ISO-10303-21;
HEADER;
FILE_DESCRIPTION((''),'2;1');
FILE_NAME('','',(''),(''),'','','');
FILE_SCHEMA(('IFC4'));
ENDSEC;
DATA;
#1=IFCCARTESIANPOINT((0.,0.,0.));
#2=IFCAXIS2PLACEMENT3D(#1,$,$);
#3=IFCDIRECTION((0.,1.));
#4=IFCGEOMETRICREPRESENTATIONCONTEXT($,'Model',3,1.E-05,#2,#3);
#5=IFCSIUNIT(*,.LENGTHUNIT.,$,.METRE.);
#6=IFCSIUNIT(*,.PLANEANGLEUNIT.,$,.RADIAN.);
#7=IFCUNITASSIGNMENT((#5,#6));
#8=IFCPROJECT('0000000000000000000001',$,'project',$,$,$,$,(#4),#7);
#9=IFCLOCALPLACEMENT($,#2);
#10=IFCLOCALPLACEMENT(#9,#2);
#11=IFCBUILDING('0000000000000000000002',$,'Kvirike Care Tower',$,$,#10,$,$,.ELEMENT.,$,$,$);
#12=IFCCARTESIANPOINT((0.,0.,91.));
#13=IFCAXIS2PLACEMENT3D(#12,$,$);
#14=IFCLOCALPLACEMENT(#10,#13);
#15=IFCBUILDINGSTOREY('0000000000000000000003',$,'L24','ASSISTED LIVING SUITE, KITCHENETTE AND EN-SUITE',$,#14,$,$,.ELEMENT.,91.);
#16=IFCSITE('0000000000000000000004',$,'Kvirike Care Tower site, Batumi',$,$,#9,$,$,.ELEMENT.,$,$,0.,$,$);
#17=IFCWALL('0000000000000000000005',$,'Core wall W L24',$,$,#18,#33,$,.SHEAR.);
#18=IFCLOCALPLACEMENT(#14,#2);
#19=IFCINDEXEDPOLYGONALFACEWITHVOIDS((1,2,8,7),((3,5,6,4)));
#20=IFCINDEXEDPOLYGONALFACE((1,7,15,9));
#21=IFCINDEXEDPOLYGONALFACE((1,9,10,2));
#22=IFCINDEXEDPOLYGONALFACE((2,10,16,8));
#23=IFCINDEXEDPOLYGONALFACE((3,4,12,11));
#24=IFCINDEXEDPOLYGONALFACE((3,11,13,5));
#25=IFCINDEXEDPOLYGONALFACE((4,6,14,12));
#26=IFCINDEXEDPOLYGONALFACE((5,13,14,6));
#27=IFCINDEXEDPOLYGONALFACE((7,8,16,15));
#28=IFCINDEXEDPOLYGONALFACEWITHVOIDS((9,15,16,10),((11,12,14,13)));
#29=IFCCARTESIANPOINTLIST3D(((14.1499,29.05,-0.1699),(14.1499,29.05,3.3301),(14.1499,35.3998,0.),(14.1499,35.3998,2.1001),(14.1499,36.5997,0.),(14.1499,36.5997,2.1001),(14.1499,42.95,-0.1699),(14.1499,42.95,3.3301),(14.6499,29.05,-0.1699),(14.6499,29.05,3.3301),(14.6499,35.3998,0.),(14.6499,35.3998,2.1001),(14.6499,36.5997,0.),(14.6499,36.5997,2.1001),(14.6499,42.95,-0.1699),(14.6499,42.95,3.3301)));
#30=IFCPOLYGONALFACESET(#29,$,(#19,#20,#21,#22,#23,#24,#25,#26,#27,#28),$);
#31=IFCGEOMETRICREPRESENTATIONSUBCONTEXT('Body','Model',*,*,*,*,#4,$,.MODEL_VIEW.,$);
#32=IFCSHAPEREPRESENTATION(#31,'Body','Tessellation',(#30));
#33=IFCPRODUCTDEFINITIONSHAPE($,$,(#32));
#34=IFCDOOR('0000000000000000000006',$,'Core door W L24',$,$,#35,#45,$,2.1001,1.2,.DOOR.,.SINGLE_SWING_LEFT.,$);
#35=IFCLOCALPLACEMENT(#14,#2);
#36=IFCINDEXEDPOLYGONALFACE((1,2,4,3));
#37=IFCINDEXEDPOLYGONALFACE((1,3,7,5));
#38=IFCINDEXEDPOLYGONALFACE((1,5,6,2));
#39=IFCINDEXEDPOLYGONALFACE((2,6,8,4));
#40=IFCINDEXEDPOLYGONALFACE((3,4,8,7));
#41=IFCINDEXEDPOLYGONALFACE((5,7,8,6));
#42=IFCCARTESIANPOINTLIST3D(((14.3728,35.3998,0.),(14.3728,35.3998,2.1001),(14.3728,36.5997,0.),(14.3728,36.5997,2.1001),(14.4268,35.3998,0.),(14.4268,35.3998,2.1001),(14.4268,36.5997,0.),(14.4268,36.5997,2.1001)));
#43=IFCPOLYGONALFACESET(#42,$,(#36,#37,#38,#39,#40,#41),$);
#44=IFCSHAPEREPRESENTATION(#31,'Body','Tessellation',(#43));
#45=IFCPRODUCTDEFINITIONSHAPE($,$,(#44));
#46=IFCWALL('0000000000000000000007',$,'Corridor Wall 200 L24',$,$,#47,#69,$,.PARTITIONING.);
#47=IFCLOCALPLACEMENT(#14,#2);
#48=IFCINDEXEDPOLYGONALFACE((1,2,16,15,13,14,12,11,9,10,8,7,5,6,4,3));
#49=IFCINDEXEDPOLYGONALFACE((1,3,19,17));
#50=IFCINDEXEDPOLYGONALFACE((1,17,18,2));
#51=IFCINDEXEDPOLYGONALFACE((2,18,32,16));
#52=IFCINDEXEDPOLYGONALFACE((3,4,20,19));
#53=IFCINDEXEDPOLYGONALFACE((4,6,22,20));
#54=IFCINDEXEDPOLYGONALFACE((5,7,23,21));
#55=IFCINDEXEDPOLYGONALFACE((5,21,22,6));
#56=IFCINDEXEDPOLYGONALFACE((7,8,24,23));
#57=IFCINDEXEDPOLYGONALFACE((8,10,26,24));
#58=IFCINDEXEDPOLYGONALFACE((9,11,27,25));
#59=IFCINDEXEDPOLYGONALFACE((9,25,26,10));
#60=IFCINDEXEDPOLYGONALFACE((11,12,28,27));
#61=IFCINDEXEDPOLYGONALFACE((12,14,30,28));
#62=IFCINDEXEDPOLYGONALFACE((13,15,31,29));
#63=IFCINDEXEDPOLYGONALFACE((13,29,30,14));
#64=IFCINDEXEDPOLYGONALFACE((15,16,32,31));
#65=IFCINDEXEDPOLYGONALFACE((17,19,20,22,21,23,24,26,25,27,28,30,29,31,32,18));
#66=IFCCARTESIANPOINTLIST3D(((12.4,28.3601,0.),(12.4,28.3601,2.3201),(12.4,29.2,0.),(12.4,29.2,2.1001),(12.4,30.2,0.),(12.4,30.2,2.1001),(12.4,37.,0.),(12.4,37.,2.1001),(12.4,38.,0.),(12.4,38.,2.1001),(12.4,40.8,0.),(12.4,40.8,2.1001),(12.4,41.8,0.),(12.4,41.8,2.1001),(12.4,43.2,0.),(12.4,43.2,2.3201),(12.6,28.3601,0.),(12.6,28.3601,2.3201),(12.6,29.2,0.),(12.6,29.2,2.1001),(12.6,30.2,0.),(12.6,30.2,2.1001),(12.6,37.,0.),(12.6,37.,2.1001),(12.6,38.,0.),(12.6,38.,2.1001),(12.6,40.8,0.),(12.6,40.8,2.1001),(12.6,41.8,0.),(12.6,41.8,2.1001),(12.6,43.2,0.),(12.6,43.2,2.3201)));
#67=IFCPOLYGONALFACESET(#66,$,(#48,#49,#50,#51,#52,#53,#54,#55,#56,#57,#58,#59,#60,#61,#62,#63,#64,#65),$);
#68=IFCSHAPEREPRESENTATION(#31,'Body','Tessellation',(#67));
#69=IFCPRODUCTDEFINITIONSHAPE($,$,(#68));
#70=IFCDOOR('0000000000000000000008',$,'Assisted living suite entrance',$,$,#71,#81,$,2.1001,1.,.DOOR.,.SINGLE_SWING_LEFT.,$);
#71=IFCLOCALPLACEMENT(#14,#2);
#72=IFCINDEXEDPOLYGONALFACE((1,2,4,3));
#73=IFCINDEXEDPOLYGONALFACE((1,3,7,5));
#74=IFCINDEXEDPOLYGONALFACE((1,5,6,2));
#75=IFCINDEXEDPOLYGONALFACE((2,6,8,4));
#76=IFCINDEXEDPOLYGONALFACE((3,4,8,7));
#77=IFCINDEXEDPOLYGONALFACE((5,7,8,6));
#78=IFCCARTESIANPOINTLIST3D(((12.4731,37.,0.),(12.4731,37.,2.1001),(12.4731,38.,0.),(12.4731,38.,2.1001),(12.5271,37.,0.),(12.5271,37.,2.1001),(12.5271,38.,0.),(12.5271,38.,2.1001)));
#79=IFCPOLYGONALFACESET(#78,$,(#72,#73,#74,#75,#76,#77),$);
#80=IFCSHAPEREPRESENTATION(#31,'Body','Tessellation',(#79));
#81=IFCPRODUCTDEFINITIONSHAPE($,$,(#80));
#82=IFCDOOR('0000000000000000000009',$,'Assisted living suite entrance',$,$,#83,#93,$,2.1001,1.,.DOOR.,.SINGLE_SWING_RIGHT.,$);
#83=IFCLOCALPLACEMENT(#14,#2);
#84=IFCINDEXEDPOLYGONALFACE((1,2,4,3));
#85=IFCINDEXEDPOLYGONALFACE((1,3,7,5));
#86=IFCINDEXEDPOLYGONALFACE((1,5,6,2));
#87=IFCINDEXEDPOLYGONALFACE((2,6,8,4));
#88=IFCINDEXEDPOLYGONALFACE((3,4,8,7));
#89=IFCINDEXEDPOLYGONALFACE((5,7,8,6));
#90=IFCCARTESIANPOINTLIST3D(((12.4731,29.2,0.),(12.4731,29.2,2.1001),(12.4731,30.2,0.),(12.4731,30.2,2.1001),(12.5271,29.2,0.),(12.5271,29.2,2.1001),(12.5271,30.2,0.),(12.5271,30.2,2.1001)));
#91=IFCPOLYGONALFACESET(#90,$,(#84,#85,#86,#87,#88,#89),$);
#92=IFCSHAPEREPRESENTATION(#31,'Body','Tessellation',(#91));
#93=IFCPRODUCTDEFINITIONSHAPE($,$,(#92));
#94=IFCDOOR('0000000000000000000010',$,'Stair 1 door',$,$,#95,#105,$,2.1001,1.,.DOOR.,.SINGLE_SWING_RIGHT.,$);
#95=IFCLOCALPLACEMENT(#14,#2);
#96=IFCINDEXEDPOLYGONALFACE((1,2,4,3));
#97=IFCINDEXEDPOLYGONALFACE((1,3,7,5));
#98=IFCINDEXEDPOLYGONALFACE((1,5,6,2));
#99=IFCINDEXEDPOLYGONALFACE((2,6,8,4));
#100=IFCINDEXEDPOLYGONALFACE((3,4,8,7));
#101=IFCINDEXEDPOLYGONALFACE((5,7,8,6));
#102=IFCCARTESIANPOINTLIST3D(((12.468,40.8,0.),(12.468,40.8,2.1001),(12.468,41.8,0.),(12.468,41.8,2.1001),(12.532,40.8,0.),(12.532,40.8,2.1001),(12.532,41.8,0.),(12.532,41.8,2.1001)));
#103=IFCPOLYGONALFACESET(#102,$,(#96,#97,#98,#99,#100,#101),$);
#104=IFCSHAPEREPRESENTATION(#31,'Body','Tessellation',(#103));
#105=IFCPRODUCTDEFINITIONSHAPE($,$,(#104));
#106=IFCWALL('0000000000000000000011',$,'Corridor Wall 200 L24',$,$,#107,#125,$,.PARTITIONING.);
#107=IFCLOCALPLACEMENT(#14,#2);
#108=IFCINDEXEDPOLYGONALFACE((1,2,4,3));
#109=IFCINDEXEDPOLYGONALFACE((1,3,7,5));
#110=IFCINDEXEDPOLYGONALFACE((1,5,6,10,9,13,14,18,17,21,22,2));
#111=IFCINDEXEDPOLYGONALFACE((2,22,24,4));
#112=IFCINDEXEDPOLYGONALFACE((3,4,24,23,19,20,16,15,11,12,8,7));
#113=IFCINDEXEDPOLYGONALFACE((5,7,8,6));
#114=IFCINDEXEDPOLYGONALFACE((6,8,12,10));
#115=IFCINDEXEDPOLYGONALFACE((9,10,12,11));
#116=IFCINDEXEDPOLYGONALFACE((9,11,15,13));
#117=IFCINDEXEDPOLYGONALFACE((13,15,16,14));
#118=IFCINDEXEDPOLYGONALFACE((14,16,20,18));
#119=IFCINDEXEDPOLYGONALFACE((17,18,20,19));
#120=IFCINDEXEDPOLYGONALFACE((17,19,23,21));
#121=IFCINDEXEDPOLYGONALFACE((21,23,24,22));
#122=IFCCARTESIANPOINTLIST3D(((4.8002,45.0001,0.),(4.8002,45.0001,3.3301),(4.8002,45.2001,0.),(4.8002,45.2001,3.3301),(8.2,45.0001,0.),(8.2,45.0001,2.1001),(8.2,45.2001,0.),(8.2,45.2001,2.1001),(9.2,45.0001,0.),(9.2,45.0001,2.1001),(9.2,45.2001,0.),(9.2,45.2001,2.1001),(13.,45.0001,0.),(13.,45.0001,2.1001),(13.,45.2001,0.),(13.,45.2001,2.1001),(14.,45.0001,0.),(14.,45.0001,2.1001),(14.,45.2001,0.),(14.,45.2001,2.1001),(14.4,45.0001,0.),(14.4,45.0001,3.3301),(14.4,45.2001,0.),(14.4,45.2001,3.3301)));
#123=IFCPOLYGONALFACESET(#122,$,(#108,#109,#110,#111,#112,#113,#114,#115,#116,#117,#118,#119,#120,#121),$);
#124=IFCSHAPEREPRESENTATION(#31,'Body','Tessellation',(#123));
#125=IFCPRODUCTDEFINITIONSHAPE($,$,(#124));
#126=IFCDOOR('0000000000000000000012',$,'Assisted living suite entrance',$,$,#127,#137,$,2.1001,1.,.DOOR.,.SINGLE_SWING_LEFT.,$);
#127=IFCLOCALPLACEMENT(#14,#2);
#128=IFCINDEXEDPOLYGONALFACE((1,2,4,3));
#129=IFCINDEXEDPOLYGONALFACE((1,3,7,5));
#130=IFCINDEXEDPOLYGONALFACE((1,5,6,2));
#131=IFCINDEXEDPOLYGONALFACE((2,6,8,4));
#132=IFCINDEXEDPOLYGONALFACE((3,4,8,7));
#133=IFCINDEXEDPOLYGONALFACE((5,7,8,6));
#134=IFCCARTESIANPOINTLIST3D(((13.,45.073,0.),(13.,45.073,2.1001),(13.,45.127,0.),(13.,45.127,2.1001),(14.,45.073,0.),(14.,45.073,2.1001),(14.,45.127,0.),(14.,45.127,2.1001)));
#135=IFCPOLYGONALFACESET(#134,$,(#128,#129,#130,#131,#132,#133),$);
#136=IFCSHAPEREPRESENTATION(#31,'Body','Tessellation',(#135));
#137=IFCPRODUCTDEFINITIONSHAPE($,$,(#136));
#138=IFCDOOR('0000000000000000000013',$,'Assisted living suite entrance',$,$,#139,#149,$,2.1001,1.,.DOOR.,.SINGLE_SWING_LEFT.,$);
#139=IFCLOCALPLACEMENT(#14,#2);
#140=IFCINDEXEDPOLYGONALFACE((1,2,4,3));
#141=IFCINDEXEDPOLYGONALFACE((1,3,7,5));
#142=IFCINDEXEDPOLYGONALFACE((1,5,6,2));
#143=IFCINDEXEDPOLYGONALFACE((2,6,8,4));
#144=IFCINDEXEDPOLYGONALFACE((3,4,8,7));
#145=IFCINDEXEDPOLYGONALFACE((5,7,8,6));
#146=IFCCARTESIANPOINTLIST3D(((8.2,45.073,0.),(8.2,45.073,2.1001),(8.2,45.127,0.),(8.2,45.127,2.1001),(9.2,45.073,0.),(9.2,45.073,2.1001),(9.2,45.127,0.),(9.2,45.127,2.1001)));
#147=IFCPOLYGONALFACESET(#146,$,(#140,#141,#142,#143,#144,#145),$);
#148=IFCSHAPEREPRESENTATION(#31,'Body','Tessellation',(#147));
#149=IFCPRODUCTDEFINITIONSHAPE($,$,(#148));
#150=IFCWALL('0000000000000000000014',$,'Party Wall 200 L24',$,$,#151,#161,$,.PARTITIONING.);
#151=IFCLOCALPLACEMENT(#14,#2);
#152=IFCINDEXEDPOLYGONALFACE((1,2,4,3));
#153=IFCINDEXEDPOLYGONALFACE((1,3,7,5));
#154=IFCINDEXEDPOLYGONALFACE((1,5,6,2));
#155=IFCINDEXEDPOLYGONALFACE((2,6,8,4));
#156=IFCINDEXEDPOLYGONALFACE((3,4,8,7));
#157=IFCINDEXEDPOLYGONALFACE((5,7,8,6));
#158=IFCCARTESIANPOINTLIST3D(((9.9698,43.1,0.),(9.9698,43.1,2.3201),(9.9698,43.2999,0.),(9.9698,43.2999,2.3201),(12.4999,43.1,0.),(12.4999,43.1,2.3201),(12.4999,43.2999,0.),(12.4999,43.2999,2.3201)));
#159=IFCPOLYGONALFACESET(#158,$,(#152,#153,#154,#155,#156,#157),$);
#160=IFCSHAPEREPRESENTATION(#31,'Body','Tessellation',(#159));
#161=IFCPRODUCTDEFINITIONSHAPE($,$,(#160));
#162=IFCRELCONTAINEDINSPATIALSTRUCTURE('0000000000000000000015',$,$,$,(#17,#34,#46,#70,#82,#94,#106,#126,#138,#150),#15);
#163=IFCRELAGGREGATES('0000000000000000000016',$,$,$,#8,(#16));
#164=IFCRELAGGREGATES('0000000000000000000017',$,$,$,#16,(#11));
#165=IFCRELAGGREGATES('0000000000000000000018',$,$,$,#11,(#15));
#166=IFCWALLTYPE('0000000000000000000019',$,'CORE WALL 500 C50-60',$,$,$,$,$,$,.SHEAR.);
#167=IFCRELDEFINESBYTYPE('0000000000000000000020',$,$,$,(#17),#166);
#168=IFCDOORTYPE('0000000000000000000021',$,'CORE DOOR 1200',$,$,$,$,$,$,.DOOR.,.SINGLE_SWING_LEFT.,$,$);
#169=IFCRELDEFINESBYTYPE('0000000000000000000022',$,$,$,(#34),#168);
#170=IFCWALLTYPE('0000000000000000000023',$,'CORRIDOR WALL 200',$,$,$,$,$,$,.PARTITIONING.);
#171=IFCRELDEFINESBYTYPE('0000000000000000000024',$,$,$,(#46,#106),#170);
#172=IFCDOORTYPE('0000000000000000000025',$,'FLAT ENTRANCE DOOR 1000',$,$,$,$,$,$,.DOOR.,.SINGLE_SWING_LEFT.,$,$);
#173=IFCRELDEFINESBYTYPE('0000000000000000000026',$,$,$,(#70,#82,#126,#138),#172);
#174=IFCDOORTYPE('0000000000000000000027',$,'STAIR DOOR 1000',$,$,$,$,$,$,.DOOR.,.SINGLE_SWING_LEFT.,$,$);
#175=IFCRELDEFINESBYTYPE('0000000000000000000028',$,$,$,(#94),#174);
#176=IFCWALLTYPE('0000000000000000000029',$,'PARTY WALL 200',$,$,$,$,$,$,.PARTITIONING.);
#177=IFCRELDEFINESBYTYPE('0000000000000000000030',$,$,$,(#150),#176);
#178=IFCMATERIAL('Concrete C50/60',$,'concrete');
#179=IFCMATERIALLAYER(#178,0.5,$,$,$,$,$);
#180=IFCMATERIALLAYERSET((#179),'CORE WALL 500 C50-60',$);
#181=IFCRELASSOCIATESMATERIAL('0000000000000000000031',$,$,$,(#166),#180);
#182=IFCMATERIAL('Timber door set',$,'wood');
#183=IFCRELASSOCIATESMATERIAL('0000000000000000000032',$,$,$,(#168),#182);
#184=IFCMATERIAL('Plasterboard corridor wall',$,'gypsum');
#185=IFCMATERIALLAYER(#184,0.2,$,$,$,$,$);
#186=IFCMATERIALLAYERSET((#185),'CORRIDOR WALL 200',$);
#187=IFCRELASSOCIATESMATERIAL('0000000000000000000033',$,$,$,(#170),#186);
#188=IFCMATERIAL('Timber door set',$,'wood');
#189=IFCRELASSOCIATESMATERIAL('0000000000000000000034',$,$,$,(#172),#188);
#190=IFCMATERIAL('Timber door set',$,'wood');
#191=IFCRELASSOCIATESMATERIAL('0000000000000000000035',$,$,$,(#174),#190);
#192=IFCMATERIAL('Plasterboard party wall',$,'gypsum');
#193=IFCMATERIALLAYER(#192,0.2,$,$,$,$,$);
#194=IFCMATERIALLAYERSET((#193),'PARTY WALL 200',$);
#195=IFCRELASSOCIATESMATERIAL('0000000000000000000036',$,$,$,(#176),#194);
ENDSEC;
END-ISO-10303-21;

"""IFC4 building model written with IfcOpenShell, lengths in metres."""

from ifc_helpers import new_model, si_unit, direction, frame, frame_2d, origin, place, context, subcontext, project, spatial, rectangle, extrude, material, layer, layer_set, type_object, element, fill, save


model = new_model("IFC4")

# Units and contexts
model_context = context("Model", 3, precision=1e-05, world=origin(), true_north=direction((0.0, 1.0)))
body_context = subcontext(model_context, "Body", "Model", "MODEL_VIEW")
ifc_project = project(units=[si_unit("LENGTHUNIT", "METRE"), si_unit("PLANEANGLEUNIT", "RADIAN")], contexts=[model_context])

# Site, building, storey
site_placement = place(None, origin())
site = spatial("IfcSite", under=ifc_project, at=site_placement, Name="Kvirike Care Tower site, Batumi", CompositionType="ELEMENT", RefElevation=0.0)
building_placement = place(site_placement, origin())
building = spatial("IfcBuilding", under=site, at=building_placement, Name="Kvirike Care Tower", CompositionType="ELEMENT")
storey_placement = place(building_placement, frame((0.0, 0.0, 91.0)))
storey = spatial("IfcBuildingStorey", under=building, at=storey_placement, Name="L24", Description="ASSISTED LIVING SUITE, KITCHENETTE AND EN-SUITE", CompositionType="ELEMENT", Elevation=91.0)

# Wall, opening, door
ifc_material_1 = material(Name="Concrete C50/60", Category="concrete")
ifc_layer_1 = layer(ifc_material_1, 0.5)
ifc_layer_set_1 = layer_set([ifc_layer_1], Name="CORE WALL 500 C50-60")
wall_type_1 = type_object("IfcWallType", Name="CORE WALL 500 C50-60", PredefinedType="SHEAR", material=ifc_layer_set_1)
wall_1_placement = place(storey_placement, frame((14.3999, 42.95, -0.1699), z_axis=(0.0, 0.0, 1.0), x_axis=(0.0, -1.0, 0.0)))
wall_1 = element("IfcWall", 1, at=wall_1_placement, inside=storey, type_object=wall_type_1, Name="Core wall W L24", PredefinedType="SHEAR", context=body_context, shape_type="SweptSolid", body=[
    extrude(rectangle(XDim=13.8999, YDim=0.5, at=frame_2d((6.95, 0.0))), origin(), (0.0, 0.0, 1.0), 3.5),
])
opening_1_placement = place(wall_1_placement, frame((6.3501, 0.0, 0.1699)))
opening_1 = element("IfcOpeningElement", 2, at=opening_1_placement, cuts=wall_1, PredefinedType="OPENING", context=body_context, shape_type="SweptSolid", body=[
    extrude(rectangle(XDim=1.2, YDim=2.1001, at=frame_2d((0.6001, 1.05))), frame((0.0, 0.2605, 0.0), z_axis=(0.0, -1.0, 0.0), x_axis=(1.0, 0.0, 0.0)), (0.0, 0.0, 1.0), 0.521),
])
ifc_material_2 = material(Name="Timber door set", Category="wood")
door_type_1 = type_object("IfcDoorType", Name="CORE DOOR 1200", OperationType="SINGLE_SWING_LEFT", PredefinedType="DOOR", material=ifc_material_2)
door_1_placement = place(opening_1_placement, origin())
door_1 = element("IfcDoor", 3, at=door_1_placement, inside=storey, type_object=door_type_1, Name="Core door W L24", OperationType="SINGLE_SWING_LEFT", OverallHeight=2.1001, OverallWidth=1.2, PredefinedType="DOOR", context=body_context, shape_type="SweptSolid", body=[
    extrude(rectangle(XDim=1.2, YDim=2.1001, at=frame_2d((0.6001, 1.05))), frame((0.0, 0.0269, 0.0), z_axis=(0.0, -1.0, 0.0), x_axis=(1.0, 0.0, 0.0)), (0.0, 0.0, 1.0), 0.054),
])
fill(opening_1, door_1)

# Walls, openings, doors
ifc_material_3 = material(Name="Plasterboard corridor wall", Category="gypsum")
ifc_layer_2 = layer(ifc_material_3, 0.2)
ifc_layer_set_2 = layer_set([ifc_layer_2], Name="CORRIDOR WALL 200")
wall_type_2 = type_object("IfcWallType", Name="CORRIDOR WALL 200", PredefinedType="PARTITIONING", material=ifc_layer_set_2)
wall_2_placement = place(storey_placement, frame((12.5, 43.2, 0.0), z_axis=(0.0, 0.0, 1.0), x_axis=(0.0, -1.0, 0.0)))
wall_2 = element("IfcWall", 4, at=wall_2_placement, inside=storey, type_object=wall_type_2, Name="Corridor Wall 200 L24", PredefinedType="PARTITIONING", context=body_context, shape_type="SweptSolid", body=[
    extrude(rectangle(XDim=14.8398, YDim=0.2, at=frame_2d((7.4199, 0.0))), origin(), (0.0, 0.0, 1.0), 2.3201),
])
opening_2_placement = place(wall_2_placement, frame((1.3999, 0.0, 0.0)))
opening_2 = element("IfcOpeningElement", 5, at=opening_2_placement, cuts=wall_2, PredefinedType="OPENING", context=body_context, shape_type="SweptSolid", body=[
    extrude(rectangle(XDim=1.0, YDim=2.1001, at=frame_2d((0.5, 1.05))), frame((0.0, 0.1106, 0.0), z_axis=(0.0, -1.0, 0.0), x_axis=(1.0, 0.0, 0.0)), (0.0, 0.0, 1.0), 0.2209),
])
opening_3_placement = place(wall_2_placement, frame((5.2, 0.0, 0.0)))
opening_3 = element("IfcOpeningElement", 6, at=opening_3_placement, cuts=wall_2, PredefinedType="OPENING", context=body_context, shape_type="SweptSolid", body=[
    extrude(rectangle(XDim=1.0, YDim=2.1001, at=frame_2d((0.5, 1.05))), frame((0.0, 0.1106, 0.0), z_axis=(0.0, -1.0, 0.0), x_axis=(1.0, 0.0, 0.0)), (0.0, 0.0, 1.0), 0.2209),
])
opening_4_placement = place(wall_2_placement, frame((13.0, 0.0, 0.0)))
opening_4 = element("IfcOpeningElement", 7, at=opening_4_placement, cuts=wall_2, PredefinedType="OPENING", context=body_context, shape_type="SweptSolid", body=[
    extrude(rectangle(XDim=1.0, YDim=2.1001, at=frame_2d((0.5, 1.05))), frame((0.0, 0.1106, 0.0), z_axis=(0.0, -1.0, 0.0), x_axis=(1.0, 0.0, 0.0)), (0.0, 0.0, 1.0), 0.2209),
])
ifc_material_4 = material(Name="Timber door set", Category="wood")
door_type_2 = type_object("IfcDoorType", Name="FLAT ENTRANCE DOOR 1000", OperationType="SINGLE_SWING_LEFT", PredefinedType="DOOR", material=ifc_material_4)
door_2_placement = place(opening_3_placement, frame((1.0, 0.0, 0.0), z_axis=(0.0, 0.0, 1.0), x_axis=(-1.0, 0.0, 0.0)))
door_2 = element("IfcDoor", 8, at=door_2_placement, inside=storey, type_object=door_type_2, Name="Assisted living suite entrance", OperationType="SINGLE_SWING_LEFT", OverallHeight=2.1001, OverallWidth=1.0, PredefinedType="DOOR", context=body_context, shape_type="SweptSolid", body=[
    extrude(rectangle(XDim=1.0, YDim=2.1001, at=frame_2d((0.5, 1.05))), frame((0.0, 0.0269, 0.0), z_axis=(0.0, -1.0, 0.0), x_axis=(1.0, 0.0, 0.0)), (0.0, 0.0, 1.0), 0.054),
])
fill(opening_3, door_2)
door_3_placement = place(opening_4_placement, frame((1.0, 0.0, 0.0), z_axis=(0.0, 0.0, 1.0), x_axis=(-1.0, 0.0, 0.0)))
door_3 = element("IfcDoor", 9, at=door_3_placement, inside=storey, type_object=door_type_2, Name="Assisted living suite entrance", OperationType="SINGLE_SWING_RIGHT", OverallHeight=2.1001, OverallWidth=1.0, PredefinedType="DOOR", context=body_context, shape_type="SweptSolid", body=[
    extrude(rectangle(XDim=1.0, YDim=2.1001, at=frame_2d((0.5, 1.05))), frame((0.0, 0.0269, 0.0), z_axis=(0.0, -1.0, 0.0), x_axis=(1.0, 0.0, 0.0)), (0.0, 0.0, 1.0), 0.054),
])
fill(opening_4, door_3)
ifc_material_5 = material(Name="Timber door set", Category="wood")
door_type_3 = type_object("IfcDoorType", Name="STAIR DOOR 1000", OperationType="SINGLE_SWING_LEFT", PredefinedType="DOOR", material=ifc_material_5)
door_4_placement = place(opening_2_placement, frame((1.0, 0.0, 0.0), z_axis=(0.0, 0.0, 1.0), x_axis=(-1.0, 0.0, 0.0)))
door_4 = element("IfcDoor", 10, at=door_4_placement, inside=storey, type_object=door_type_3, Name="Stair 1 door", OperationType="SINGLE_SWING_RIGHT", OverallHeight=2.1001, OverallWidth=1.0, PredefinedType="DOOR", context=body_context, shape_type="SweptSolid", body=[
    extrude(rectangle(XDim=1.0, YDim=2.1001, at=frame_2d((0.5, 1.05))), frame((0.0, 0.032, 0.0), z_axis=(0.0, -1.0, 0.0), x_axis=(1.0, 0.0, 0.0)), (0.0, 0.0, 1.0), 0.064),
])
fill(opening_2, door_4)
wall_3_placement = place(storey_placement, frame((14.3999, 45.1001, 0.0), z_axis=(0.0, 0.0, 1.0), x_axis=(-1.0, 0.0, 0.0)))
wall_3 = element("IfcWall", 11, at=wall_3_placement, inside=storey, type_object=wall_type_2, Name="Corridor Wall 200 L24", PredefinedType="PARTITIONING", context=body_context, shape_type="SweptSolid", body=[
    extrude(rectangle(XDim=9.5999, YDim=0.2, at=frame_2d((4.7998, 0.0))), origin(), (0.0, 0.0, 1.0), 3.3301),
])
opening_5_placement = place(wall_3_placement, frame((0.3999, 0.0, 0.0)))
opening_5 = element("IfcOpeningElement", 12, at=opening_5_placement, cuts=wall_3, PredefinedType="OPENING", context=body_context, shape_type="SweptSolid", body=[
    extrude(rectangle(XDim=1.0, YDim=2.1001, at=frame_2d((0.5, 1.05))), frame((0.0, 0.1106, 0.0), z_axis=(0.0, -1.0, 0.0), x_axis=(1.0, 0.0, 0.0)), (0.0, 0.0, 1.0), 0.2209),
])
opening_6_placement = place(wall_3_placement, frame((5.2, 0.0, 0.0)))
opening_6 = element("IfcOpeningElement", 13, at=opening_6_placement, cuts=wall_3, PredefinedType="OPENING", context=body_context, shape_type="SweptSolid", body=[
    extrude(rectangle(XDim=1.0, YDim=2.1001, at=frame_2d((0.5, 1.05))), frame((0.0, 0.1106, 0.0), z_axis=(0.0, -1.0, 0.0), x_axis=(1.0, 0.0, 0.0)), (0.0, 0.0, 1.0), 0.2209),
])
door_5_placement = place(opening_5_placement, frame((1.0, 0.0, 0.0), z_axis=(0.0, 0.0, 1.0), x_axis=(-1.0, 0.0, 0.0)))
door_5 = element("IfcDoor", 14, at=door_5_placement, inside=storey, type_object=door_type_2, Name="Assisted living suite entrance", OperationType="SINGLE_SWING_LEFT", OverallHeight=2.1001, OverallWidth=1.0, PredefinedType="DOOR", context=body_context, shape_type="SweptSolid", body=[
    extrude(rectangle(XDim=1.0, YDim=2.1001, at=frame_2d((0.5, 1.05))), frame((0.0, 0.0269, 0.0), z_axis=(0.0, -1.0, 0.0), x_axis=(1.0, 0.0, 0.0)), (0.0, 0.0, 1.0), 0.054),
])
fill(opening_5, door_5)
door_6_placement = place(opening_6_placement, frame((1.0, 0.0, 0.0), z_axis=(0.0, 0.0, 1.0), x_axis=(-1.0, 0.0, 0.0)))
door_6 = element("IfcDoor", 15, at=door_6_placement, inside=storey, type_object=door_type_2, Name="Assisted living suite entrance", OperationType="SINGLE_SWING_LEFT", OverallHeight=2.1001, OverallWidth=1.0, PredefinedType="DOOR", context=body_context, shape_type="SweptSolid", body=[
    extrude(rectangle(XDim=1.0, YDim=2.1001, at=frame_2d((0.5, 1.05))), frame((0.0, 0.0269, 0.0), z_axis=(0.0, -1.0, 0.0), x_axis=(1.0, 0.0, 0.0)), (0.0, 0.0, 1.0), 0.054),
])
fill(opening_6, door_6)

# Wall
ifc_material_6 = material(Name="Plasterboard party wall", Category="gypsum")
ifc_layer_3 = layer(ifc_material_6, 0.2)
ifc_layer_set_3 = layer_set([ifc_layer_3], Name="PARTY WALL 200")
wall_type_3 = type_object("IfcWallType", Name="PARTY WALL 200", PredefinedType="PARTITIONING", material=ifc_layer_set_3)
wall_4_placement = place(storey_placement, frame((12.5, 43.2, 0.0), z_axis=(0.0, 0.0, 1.0), x_axis=(-1.0, 0.0, 0.0)))
element("IfcWall", 16, at=wall_4_placement, inside=storey, type_object=wall_type_3, Name="Party Wall 200 L24", PredefinedType="PARTITIONING", context=body_context, shape_type="SweptSolid", body=[
    extrude(rectangle(XDim=2.53, YDim=0.2, at=frame_2d((1.2651, 0.0))), origin(), (0.0, 0.0, 1.0), 2.3201),
])

save(model, "model.ifc")
